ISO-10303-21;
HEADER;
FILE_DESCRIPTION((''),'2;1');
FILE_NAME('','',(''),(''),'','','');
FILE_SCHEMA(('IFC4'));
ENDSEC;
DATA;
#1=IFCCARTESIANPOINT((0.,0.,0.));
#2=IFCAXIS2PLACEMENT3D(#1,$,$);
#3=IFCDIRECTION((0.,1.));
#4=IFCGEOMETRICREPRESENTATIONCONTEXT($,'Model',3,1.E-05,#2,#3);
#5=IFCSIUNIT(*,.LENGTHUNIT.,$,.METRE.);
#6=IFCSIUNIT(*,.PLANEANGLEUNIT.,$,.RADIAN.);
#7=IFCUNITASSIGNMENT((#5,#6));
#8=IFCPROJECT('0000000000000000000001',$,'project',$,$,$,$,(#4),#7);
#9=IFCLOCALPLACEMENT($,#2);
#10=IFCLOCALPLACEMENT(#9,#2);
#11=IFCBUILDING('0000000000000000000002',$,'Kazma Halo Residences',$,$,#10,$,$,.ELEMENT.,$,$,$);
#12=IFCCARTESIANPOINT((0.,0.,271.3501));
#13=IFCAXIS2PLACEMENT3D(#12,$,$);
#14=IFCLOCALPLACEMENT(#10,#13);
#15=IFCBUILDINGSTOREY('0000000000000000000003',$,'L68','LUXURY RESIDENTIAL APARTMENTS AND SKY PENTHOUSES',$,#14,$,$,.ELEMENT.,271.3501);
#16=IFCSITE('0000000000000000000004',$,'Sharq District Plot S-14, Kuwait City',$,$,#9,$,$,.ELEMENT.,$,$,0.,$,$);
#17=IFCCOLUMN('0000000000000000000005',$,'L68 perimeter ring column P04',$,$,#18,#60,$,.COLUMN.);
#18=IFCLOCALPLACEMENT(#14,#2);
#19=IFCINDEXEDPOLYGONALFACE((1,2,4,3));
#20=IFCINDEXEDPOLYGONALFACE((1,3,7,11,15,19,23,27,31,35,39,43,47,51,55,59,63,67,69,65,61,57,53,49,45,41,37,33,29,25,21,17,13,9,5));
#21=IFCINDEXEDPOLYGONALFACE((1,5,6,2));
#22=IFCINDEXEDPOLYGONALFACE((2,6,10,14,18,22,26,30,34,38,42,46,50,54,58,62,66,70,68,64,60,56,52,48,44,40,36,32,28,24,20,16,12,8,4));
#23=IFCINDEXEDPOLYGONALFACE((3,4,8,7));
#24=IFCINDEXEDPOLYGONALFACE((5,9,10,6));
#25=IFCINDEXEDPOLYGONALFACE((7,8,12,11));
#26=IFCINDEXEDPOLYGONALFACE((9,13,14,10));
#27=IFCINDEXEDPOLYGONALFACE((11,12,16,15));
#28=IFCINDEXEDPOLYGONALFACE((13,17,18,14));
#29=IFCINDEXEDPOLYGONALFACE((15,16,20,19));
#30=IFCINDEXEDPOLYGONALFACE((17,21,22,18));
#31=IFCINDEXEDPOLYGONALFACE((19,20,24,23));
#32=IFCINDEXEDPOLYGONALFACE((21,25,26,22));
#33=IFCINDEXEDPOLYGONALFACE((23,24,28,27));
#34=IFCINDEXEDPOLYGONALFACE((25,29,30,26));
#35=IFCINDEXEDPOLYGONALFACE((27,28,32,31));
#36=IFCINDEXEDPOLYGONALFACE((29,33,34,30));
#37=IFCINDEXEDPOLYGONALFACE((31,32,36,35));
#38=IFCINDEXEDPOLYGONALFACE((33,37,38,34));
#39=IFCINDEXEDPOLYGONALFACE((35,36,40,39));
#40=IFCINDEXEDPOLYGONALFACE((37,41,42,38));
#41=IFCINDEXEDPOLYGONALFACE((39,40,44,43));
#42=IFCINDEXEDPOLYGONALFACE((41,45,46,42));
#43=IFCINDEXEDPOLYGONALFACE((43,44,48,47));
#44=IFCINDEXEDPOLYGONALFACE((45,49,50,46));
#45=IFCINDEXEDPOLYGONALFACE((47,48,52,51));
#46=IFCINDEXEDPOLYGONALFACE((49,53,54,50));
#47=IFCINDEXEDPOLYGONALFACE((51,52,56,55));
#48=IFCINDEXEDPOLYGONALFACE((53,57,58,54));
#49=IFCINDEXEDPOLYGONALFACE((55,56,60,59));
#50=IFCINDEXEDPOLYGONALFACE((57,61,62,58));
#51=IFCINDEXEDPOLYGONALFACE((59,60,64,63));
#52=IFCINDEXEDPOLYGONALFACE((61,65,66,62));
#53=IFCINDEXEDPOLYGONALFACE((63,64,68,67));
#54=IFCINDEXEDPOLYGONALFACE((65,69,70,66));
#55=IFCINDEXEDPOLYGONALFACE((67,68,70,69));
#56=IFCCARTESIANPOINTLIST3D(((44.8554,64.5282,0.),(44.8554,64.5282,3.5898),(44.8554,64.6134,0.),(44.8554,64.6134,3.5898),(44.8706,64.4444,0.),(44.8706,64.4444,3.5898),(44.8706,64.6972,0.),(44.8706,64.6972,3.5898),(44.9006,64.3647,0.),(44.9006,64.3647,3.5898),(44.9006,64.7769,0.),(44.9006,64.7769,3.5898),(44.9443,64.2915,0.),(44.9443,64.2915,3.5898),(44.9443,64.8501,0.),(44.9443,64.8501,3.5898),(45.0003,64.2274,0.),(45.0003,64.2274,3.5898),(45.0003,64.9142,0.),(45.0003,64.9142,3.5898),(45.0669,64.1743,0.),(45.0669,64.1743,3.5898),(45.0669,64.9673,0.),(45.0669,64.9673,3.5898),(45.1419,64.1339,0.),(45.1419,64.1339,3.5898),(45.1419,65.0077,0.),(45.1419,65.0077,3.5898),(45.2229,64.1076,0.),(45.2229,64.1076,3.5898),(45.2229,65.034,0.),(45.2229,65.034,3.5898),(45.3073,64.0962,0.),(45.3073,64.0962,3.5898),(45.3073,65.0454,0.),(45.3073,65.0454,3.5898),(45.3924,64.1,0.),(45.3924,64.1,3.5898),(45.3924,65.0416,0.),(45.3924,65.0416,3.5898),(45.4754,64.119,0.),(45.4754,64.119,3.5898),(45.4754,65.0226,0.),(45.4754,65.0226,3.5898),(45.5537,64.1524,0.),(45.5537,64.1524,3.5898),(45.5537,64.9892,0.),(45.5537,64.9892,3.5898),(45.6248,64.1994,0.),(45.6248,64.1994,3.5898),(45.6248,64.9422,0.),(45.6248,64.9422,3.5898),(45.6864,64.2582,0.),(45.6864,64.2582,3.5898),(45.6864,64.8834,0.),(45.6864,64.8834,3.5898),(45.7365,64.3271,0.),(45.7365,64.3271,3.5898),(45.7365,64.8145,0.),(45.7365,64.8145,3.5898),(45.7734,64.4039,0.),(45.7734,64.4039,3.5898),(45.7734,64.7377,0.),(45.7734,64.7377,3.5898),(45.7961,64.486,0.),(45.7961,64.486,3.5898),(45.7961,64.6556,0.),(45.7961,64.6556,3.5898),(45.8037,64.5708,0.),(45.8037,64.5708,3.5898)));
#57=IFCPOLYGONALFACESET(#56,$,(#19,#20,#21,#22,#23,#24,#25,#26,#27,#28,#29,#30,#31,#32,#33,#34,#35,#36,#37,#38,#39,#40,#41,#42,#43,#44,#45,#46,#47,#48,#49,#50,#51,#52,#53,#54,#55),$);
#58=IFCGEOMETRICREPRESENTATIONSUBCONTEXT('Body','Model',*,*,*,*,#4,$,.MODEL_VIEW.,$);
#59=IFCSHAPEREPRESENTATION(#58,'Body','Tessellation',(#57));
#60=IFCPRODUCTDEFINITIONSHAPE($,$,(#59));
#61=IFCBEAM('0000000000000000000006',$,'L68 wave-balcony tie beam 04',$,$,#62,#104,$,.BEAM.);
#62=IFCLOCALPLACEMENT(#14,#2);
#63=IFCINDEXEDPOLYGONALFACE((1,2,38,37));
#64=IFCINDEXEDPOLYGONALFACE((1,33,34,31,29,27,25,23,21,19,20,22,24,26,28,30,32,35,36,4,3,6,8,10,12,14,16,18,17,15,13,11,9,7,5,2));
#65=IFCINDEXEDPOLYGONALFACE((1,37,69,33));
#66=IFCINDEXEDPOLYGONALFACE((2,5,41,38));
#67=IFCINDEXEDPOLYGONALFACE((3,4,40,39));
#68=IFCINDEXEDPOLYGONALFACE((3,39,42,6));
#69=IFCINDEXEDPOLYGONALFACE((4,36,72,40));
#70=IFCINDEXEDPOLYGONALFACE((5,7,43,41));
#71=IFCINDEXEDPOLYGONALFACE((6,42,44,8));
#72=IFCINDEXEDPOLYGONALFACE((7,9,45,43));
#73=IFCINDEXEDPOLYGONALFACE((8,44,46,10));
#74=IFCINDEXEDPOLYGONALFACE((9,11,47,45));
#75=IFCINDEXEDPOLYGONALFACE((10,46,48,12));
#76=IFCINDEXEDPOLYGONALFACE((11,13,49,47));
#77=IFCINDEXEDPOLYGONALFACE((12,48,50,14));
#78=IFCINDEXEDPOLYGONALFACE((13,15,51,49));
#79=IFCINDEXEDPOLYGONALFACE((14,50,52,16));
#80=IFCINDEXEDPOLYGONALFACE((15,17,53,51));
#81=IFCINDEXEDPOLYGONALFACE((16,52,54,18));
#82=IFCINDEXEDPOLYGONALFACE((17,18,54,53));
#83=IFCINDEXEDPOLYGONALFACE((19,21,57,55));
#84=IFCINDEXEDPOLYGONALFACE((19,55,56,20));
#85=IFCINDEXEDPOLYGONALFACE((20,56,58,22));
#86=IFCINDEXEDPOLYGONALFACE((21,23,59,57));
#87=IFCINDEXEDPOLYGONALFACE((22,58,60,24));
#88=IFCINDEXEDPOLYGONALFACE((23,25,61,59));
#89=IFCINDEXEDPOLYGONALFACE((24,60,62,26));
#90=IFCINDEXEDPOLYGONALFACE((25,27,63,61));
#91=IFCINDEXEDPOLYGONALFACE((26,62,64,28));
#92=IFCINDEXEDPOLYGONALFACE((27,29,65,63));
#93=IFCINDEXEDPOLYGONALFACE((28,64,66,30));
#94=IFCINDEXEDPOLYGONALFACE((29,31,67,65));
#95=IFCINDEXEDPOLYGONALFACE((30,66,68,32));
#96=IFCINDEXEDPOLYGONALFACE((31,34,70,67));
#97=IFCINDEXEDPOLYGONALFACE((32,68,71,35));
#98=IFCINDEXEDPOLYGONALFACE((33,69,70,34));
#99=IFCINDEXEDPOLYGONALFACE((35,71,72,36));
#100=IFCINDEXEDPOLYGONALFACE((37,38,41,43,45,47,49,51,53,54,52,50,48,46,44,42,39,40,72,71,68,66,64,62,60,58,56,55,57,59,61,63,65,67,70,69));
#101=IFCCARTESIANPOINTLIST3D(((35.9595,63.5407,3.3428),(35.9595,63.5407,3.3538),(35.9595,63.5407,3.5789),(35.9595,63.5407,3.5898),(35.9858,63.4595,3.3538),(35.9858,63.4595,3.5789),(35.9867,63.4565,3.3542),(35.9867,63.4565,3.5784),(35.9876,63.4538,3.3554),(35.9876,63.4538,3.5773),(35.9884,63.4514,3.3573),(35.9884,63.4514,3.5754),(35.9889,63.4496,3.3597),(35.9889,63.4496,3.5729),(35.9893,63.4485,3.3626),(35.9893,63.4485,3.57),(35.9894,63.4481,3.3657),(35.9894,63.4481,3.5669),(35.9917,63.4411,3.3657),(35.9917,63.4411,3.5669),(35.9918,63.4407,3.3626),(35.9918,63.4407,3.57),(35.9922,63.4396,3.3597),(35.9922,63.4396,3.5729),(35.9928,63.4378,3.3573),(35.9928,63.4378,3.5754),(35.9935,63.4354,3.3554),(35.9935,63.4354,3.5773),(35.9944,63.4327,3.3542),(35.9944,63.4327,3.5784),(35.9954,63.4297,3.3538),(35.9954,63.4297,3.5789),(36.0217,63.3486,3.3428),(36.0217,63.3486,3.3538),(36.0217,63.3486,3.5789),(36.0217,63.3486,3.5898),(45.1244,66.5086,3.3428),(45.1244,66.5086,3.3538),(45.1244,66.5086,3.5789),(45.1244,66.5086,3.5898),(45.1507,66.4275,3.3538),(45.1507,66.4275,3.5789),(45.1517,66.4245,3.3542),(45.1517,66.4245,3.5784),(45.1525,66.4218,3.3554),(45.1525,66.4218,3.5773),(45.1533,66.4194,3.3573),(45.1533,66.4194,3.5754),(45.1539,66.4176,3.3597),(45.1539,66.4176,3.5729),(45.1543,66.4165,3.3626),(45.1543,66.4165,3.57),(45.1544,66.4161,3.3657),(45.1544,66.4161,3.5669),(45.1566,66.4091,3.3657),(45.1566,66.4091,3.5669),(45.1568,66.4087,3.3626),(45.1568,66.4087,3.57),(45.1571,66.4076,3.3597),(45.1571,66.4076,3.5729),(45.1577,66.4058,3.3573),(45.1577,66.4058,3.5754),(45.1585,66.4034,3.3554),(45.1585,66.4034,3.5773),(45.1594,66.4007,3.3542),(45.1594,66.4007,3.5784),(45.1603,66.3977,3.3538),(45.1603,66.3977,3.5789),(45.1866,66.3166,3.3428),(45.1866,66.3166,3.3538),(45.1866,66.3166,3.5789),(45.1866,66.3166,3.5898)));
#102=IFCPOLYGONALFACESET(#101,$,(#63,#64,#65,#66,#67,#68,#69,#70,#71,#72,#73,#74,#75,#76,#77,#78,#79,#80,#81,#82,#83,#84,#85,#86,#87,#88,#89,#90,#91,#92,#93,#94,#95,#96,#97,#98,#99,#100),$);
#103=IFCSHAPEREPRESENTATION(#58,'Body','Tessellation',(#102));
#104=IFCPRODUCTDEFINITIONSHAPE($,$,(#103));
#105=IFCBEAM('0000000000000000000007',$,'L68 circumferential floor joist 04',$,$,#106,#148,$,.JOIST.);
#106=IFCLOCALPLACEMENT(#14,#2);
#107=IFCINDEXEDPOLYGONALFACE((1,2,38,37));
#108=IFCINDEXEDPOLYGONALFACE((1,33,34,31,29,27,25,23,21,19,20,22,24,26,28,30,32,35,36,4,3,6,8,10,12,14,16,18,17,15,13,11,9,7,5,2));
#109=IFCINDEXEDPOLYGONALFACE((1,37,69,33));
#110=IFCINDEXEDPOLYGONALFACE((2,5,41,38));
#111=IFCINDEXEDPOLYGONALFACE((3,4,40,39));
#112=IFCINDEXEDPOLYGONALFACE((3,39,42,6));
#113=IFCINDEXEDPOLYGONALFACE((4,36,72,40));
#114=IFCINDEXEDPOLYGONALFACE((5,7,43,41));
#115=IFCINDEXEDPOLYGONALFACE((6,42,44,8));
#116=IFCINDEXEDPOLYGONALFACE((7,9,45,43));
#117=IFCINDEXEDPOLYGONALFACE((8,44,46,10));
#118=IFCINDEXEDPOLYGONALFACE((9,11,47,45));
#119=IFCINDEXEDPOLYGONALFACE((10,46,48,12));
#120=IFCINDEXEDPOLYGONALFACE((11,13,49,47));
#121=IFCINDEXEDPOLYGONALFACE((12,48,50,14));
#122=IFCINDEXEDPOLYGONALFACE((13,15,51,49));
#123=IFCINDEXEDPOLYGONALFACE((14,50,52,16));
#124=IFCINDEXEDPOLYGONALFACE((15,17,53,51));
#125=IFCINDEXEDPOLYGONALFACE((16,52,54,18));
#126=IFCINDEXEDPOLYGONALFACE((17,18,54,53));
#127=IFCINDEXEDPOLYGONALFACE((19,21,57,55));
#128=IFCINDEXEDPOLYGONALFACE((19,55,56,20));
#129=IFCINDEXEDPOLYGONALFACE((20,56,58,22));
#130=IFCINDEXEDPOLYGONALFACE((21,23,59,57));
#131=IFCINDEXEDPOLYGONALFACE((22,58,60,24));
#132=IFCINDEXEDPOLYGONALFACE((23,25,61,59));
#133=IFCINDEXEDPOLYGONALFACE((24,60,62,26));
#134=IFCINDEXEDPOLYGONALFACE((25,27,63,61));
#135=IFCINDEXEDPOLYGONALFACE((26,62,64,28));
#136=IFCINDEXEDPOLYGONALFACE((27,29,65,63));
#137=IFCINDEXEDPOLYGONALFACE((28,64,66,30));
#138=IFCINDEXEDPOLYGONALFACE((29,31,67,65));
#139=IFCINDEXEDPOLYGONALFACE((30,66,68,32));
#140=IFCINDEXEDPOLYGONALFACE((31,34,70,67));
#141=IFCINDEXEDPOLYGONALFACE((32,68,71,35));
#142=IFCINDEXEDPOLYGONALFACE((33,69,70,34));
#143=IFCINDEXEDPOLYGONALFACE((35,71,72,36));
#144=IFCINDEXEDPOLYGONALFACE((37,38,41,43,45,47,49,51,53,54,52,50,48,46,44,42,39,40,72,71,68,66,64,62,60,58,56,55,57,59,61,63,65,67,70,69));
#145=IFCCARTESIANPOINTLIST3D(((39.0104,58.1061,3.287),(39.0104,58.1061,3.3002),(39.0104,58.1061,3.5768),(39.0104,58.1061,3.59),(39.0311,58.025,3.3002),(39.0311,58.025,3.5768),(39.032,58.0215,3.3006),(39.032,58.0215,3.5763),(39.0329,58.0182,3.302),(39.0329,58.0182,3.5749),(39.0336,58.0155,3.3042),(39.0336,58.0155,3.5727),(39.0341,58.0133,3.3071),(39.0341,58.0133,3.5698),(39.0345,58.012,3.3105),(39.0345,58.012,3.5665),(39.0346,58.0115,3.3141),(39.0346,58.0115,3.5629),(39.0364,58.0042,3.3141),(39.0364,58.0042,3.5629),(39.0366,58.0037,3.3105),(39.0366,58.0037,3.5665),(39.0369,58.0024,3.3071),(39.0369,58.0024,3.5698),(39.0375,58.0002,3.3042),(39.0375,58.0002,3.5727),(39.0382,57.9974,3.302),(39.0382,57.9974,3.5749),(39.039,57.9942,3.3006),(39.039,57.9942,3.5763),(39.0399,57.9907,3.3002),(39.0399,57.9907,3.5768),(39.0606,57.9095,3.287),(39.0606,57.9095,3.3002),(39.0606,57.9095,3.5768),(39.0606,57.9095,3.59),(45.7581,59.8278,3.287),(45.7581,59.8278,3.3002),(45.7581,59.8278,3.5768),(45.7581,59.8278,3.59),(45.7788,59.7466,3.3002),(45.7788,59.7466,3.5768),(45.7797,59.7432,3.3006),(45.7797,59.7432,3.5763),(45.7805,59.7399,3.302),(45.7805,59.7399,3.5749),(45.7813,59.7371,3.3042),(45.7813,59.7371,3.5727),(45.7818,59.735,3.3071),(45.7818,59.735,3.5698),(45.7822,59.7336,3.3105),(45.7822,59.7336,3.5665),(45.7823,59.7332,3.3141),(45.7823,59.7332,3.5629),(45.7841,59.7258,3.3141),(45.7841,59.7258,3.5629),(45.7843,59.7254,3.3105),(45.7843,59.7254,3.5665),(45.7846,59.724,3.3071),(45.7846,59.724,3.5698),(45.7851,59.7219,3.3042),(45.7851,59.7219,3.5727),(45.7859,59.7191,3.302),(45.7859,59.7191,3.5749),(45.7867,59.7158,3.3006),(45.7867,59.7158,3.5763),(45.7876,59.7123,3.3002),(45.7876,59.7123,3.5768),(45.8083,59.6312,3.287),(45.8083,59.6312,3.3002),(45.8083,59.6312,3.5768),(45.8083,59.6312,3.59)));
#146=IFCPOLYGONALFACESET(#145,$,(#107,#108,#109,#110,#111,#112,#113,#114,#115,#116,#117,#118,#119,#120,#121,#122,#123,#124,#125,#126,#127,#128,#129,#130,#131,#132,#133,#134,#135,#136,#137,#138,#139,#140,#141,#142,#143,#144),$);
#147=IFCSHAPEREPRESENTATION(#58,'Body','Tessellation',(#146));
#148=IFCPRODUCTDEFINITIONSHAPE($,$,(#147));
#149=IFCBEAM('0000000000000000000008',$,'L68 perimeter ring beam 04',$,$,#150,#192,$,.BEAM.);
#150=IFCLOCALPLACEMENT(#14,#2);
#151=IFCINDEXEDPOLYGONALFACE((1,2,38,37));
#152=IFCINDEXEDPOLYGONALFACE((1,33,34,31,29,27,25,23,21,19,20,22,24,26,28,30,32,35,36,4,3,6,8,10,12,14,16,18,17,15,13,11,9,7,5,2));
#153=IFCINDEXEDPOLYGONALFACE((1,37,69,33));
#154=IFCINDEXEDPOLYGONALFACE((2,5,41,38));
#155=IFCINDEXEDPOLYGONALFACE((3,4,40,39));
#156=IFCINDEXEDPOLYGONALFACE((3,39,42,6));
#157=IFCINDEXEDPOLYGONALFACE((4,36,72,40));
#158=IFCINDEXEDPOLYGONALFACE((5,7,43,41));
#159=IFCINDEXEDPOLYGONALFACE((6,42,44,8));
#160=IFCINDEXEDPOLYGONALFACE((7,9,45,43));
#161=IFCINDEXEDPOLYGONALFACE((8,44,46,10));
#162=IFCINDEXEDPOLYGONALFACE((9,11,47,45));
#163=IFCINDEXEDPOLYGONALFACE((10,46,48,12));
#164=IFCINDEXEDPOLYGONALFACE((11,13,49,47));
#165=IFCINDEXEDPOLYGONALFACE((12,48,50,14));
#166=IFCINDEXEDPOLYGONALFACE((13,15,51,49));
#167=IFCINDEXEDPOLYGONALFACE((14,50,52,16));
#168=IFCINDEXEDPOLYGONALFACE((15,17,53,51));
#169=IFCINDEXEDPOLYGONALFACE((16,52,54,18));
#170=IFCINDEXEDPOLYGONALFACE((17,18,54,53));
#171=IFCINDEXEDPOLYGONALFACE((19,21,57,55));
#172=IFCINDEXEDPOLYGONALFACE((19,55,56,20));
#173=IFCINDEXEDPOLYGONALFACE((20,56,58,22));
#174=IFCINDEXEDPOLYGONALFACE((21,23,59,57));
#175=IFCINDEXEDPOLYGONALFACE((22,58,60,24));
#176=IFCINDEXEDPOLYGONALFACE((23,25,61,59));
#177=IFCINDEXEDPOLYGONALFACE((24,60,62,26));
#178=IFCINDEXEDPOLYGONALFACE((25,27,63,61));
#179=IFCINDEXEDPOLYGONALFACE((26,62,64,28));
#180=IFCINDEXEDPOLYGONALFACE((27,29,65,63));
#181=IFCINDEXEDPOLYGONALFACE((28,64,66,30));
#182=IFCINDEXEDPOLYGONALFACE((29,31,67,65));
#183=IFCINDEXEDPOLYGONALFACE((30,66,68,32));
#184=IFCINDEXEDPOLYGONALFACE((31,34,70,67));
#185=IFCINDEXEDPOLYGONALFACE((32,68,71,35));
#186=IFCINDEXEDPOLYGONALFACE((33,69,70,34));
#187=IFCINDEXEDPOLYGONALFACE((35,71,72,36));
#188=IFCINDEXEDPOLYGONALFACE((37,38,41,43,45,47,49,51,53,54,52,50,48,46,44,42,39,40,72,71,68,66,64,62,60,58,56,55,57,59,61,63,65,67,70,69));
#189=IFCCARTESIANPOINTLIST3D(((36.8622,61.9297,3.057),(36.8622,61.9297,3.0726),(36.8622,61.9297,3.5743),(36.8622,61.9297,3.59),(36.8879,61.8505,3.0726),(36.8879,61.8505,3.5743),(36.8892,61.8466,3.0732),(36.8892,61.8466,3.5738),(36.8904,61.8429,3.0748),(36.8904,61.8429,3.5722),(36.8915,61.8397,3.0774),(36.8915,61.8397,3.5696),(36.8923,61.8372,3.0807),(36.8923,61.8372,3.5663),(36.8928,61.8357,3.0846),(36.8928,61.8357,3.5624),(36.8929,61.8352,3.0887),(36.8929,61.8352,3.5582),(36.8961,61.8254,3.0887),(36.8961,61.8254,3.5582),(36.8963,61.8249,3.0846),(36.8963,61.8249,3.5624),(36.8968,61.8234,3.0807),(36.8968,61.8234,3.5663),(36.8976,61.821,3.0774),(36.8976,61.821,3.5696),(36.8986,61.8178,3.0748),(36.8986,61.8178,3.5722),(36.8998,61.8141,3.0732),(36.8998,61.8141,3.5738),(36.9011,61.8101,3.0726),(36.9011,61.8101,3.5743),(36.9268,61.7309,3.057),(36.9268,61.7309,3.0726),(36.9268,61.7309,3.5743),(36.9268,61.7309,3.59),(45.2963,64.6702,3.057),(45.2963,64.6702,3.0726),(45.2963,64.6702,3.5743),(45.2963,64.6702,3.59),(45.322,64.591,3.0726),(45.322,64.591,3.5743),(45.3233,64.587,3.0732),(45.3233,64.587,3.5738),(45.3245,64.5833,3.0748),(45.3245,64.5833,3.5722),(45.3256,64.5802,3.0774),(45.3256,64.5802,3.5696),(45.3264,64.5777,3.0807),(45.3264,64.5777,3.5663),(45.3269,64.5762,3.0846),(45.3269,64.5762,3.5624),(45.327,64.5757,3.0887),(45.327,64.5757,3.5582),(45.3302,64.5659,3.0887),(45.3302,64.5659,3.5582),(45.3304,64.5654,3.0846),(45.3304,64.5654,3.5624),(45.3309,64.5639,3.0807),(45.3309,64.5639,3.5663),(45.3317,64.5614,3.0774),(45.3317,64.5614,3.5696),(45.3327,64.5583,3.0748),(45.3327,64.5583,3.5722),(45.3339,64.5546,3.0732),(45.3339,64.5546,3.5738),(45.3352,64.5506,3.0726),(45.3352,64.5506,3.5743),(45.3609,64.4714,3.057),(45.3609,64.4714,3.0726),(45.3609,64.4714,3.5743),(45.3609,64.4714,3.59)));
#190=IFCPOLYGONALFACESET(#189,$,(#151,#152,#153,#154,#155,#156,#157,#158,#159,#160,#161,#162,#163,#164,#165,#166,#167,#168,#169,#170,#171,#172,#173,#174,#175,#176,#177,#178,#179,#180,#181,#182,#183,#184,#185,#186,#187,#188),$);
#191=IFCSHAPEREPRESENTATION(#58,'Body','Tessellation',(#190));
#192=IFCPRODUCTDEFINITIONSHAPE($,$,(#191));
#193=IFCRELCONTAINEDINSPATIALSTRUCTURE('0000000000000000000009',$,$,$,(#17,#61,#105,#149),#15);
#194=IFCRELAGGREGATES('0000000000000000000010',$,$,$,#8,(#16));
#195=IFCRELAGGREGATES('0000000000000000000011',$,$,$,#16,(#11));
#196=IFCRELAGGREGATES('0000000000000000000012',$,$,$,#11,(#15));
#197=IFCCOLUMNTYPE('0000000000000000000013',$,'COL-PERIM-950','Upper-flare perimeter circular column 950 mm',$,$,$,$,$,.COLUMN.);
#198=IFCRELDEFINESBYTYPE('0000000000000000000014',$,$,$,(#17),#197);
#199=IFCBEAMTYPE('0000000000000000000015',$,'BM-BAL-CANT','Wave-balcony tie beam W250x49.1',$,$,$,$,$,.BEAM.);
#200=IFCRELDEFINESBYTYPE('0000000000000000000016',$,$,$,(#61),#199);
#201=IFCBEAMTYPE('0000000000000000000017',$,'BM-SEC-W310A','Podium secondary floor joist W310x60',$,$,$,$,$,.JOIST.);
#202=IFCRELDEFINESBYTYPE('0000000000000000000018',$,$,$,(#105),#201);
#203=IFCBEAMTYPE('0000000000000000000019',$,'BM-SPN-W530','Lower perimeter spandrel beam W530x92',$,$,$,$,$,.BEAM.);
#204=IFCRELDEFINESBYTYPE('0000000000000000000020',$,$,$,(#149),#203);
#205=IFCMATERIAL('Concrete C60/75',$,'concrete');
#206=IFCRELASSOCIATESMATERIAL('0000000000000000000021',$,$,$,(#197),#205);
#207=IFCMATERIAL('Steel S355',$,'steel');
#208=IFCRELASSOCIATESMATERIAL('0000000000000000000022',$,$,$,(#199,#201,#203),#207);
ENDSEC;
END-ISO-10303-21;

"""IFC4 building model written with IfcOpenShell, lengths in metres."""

from ifc_helpers import new_model, si_unit, direction, frame, origin, origin_2d, place, context, subcontext, project, spatial, circle, i_section, extrude, material, material_profile, profile_set, type_object, element, save


model = new_model("IFC4")

# Units and contexts
model_context = context("Model", 3, precision=1e-05, world=origin(), true_north=direction((0.0, 1.0)))
body_context = subcontext(model_context, "Body", "Model", "MODEL_VIEW")
ifc_project = project(units=[si_unit("LENGTHUNIT", "METRE"), si_unit("PLANEANGLEUNIT", "RADIAN")], contexts=[model_context])

# Site, building, storey
site_placement = place(None, origin())
site = spatial("IfcSite", under=ifc_project, at=site_placement, Name="Sharq District Plot S-14, Kuwait City", CompositionType="ELEMENT", RefElevation=0.0)
building_placement = place(site_placement, origin())
building = spatial("IfcBuilding", under=site, at=building_placement, Name="Kazma Halo Residences", CompositionType="ELEMENT")
storey_placement = place(building_placement, frame((0.0, 0.0, 271.3501)))
storey = spatial("IfcBuildingStorey", under=building, at=storey_placement, Name="L68", Description="LUXURY RESIDENTIAL APARTMENTS AND SKY PENTHOUSES", CompositionType="ELEMENT", Elevation=271.3501)

# Column
ifc_material_1 = material(Name="Concrete C60/75", Category="concrete")
ifc_material_profile_1 = material_profile(ifc_material_1, circle(Radius=0.4751, at=origin_2d()), Name="CIRC950")
ifc_profile_set_1 = profile_set([ifc_material_profile_1], Name="Concrete C60/75")
column_type = type_object("IfcColumnType", Name="COL-PERIM-950", Description="Upper-flare perimeter circular column 950 mm", PredefinedType="COLUMN", material=ifc_profile_set_1)
column_placement = place(storey_placement, frame((45.3286, 64.5708, 0.0), z_axis=(0.0, 0.0, 1.0), x_axis=(1.0, 0.0, 0.0)))
element("IfcColumn", 1, at=column_placement, inside=storey, type_object=column_type, Name="L68 perimeter ring column P04", PredefinedType="COLUMN", context=body_context, shape_type="SweptSolid", body=[
    extrude(circle(Radius=0.4751, at=origin_2d()), origin(), (0.0, 0.0, 1.0), 3.5898),
])

# Beams
ifc_material_2 = material(Name="Steel S355", Category="steel")
ifc_material_profile_2 = material_profile(ifc_material_2, i_section(OverallWidth=0.2019, OverallDepth=0.2471, WebThickness=0.0073, FlangeThickness=0.011, FilletRadius=0.012, at=origin_2d()), Name="W250x49.1")
ifc_profile_set_2 = profile_set([ifc_material_profile_2], Name="Steel S355")
beam_type_1 = type_object("IfcBeamType", Name="BM-BAL-CANT", Description="Wave-balcony tie beam W250x49.1", PredefinedType="BEAM", material=ifc_profile_set_2)
beam_1_placement = place(storey_placement, frame((45.1555, 66.4126, 3.4663), z_axis=(-0.951358, -0.308089, 0.0), x_axis=(0.308089, -0.951358, 0.0)))
element("IfcBeam", 2, at=beam_1_placement, inside=storey, type_object=beam_type_1, Name="L68 wave-balcony tie beam 04", PredefinedType="BEAM", context=body_context, shape_type="SweptSolid", body=[
    extrude(i_section(OverallWidth=0.2019, OverallDepth=0.2471, WebThickness=0.0073, FlangeThickness=0.011, FilletRadius=0.012, at=origin_2d()), origin(), (0.0, 0.0, 1.0), 9.6335),
])
ifc_material_profile_3 = material_profile(ifc_material_2, i_section(OverallWidth=0.2029, OverallDepth=0.303, WebThickness=0.0076, FlangeThickness=0.0132, FilletRadius=0.0139, at=origin_2d()), Name="W310x60")
ifc_profile_set_3 = profile_set([ifc_material_profile_3], Name="Steel S355")
beam_type_2 = type_object("IfcBeamType", Name="BM-SEC-W310A", Description="Podium secondary floor joist W310x60", PredefinedType="JOIST", material=ifc_profile_set_3)
beam_2_placement = place(storey_placement, frame((45.7832, 59.7295, 3.4385), z_axis=(-0.968958, -0.247226, 0.0), x_axis=(0.247226, -0.968958, 0.0)))
element("IfcBeam", 3, at=beam_2_placement, inside=storey, type_object=beam_type_2, Name="L68 circumferential floor joist 04", PredefinedType="JOIST", context=body_context, shape_type="SweptSolid", body=[
    extrude(i_section(OverallWidth=0.2029, OverallDepth=0.303, WebThickness=0.0076, FlangeThickness=0.0132, FilletRadius=0.0139, at=origin_2d()), origin(), (0.0, 0.0, 1.0), 6.9639),
])
ifc_material_profile_4 = material_profile(ifc_material_2, i_section(OverallWidth=0.209, OverallDepth=0.533, WebThickness=0.0103, FlangeThickness=0.0156, FilletRadius=0.0161, at=origin_2d()), Name="W530x92")
ifc_profile_set_4 = profile_set([ifc_material_profile_4], Name="Steel S355")
beam_type_3 = type_object("IfcBeamType", Name="BM-SPN-W530", Description="Lower perimeter spandrel beam W530x92", PredefinedType="BEAM", material=ifc_profile_set_4)
beam_3_placement = place(storey_placement, frame((45.3286, 64.5708, 3.3235), z_axis=(-0.951054, -0.309025, 0.0), x_axis=(0.309025, -0.951054, 0.0)))
element("IfcBeam", 4, at=beam_3_placement, inside=storey, type_object=beam_type_3, Name="L68 perimeter ring beam 04", PredefinedType="BEAM", context=body_context, shape_type="SweptSolid", body=[
    extrude(i_section(OverallWidth=0.209, OverallDepth=0.533, WebThickness=0.0103, FlangeThickness=0.0156, FilletRadius=0.0161, at=origin_2d()), origin(), (0.0, 0.0, 1.0), 8.8682),
])

save(model, "model.ifc")
